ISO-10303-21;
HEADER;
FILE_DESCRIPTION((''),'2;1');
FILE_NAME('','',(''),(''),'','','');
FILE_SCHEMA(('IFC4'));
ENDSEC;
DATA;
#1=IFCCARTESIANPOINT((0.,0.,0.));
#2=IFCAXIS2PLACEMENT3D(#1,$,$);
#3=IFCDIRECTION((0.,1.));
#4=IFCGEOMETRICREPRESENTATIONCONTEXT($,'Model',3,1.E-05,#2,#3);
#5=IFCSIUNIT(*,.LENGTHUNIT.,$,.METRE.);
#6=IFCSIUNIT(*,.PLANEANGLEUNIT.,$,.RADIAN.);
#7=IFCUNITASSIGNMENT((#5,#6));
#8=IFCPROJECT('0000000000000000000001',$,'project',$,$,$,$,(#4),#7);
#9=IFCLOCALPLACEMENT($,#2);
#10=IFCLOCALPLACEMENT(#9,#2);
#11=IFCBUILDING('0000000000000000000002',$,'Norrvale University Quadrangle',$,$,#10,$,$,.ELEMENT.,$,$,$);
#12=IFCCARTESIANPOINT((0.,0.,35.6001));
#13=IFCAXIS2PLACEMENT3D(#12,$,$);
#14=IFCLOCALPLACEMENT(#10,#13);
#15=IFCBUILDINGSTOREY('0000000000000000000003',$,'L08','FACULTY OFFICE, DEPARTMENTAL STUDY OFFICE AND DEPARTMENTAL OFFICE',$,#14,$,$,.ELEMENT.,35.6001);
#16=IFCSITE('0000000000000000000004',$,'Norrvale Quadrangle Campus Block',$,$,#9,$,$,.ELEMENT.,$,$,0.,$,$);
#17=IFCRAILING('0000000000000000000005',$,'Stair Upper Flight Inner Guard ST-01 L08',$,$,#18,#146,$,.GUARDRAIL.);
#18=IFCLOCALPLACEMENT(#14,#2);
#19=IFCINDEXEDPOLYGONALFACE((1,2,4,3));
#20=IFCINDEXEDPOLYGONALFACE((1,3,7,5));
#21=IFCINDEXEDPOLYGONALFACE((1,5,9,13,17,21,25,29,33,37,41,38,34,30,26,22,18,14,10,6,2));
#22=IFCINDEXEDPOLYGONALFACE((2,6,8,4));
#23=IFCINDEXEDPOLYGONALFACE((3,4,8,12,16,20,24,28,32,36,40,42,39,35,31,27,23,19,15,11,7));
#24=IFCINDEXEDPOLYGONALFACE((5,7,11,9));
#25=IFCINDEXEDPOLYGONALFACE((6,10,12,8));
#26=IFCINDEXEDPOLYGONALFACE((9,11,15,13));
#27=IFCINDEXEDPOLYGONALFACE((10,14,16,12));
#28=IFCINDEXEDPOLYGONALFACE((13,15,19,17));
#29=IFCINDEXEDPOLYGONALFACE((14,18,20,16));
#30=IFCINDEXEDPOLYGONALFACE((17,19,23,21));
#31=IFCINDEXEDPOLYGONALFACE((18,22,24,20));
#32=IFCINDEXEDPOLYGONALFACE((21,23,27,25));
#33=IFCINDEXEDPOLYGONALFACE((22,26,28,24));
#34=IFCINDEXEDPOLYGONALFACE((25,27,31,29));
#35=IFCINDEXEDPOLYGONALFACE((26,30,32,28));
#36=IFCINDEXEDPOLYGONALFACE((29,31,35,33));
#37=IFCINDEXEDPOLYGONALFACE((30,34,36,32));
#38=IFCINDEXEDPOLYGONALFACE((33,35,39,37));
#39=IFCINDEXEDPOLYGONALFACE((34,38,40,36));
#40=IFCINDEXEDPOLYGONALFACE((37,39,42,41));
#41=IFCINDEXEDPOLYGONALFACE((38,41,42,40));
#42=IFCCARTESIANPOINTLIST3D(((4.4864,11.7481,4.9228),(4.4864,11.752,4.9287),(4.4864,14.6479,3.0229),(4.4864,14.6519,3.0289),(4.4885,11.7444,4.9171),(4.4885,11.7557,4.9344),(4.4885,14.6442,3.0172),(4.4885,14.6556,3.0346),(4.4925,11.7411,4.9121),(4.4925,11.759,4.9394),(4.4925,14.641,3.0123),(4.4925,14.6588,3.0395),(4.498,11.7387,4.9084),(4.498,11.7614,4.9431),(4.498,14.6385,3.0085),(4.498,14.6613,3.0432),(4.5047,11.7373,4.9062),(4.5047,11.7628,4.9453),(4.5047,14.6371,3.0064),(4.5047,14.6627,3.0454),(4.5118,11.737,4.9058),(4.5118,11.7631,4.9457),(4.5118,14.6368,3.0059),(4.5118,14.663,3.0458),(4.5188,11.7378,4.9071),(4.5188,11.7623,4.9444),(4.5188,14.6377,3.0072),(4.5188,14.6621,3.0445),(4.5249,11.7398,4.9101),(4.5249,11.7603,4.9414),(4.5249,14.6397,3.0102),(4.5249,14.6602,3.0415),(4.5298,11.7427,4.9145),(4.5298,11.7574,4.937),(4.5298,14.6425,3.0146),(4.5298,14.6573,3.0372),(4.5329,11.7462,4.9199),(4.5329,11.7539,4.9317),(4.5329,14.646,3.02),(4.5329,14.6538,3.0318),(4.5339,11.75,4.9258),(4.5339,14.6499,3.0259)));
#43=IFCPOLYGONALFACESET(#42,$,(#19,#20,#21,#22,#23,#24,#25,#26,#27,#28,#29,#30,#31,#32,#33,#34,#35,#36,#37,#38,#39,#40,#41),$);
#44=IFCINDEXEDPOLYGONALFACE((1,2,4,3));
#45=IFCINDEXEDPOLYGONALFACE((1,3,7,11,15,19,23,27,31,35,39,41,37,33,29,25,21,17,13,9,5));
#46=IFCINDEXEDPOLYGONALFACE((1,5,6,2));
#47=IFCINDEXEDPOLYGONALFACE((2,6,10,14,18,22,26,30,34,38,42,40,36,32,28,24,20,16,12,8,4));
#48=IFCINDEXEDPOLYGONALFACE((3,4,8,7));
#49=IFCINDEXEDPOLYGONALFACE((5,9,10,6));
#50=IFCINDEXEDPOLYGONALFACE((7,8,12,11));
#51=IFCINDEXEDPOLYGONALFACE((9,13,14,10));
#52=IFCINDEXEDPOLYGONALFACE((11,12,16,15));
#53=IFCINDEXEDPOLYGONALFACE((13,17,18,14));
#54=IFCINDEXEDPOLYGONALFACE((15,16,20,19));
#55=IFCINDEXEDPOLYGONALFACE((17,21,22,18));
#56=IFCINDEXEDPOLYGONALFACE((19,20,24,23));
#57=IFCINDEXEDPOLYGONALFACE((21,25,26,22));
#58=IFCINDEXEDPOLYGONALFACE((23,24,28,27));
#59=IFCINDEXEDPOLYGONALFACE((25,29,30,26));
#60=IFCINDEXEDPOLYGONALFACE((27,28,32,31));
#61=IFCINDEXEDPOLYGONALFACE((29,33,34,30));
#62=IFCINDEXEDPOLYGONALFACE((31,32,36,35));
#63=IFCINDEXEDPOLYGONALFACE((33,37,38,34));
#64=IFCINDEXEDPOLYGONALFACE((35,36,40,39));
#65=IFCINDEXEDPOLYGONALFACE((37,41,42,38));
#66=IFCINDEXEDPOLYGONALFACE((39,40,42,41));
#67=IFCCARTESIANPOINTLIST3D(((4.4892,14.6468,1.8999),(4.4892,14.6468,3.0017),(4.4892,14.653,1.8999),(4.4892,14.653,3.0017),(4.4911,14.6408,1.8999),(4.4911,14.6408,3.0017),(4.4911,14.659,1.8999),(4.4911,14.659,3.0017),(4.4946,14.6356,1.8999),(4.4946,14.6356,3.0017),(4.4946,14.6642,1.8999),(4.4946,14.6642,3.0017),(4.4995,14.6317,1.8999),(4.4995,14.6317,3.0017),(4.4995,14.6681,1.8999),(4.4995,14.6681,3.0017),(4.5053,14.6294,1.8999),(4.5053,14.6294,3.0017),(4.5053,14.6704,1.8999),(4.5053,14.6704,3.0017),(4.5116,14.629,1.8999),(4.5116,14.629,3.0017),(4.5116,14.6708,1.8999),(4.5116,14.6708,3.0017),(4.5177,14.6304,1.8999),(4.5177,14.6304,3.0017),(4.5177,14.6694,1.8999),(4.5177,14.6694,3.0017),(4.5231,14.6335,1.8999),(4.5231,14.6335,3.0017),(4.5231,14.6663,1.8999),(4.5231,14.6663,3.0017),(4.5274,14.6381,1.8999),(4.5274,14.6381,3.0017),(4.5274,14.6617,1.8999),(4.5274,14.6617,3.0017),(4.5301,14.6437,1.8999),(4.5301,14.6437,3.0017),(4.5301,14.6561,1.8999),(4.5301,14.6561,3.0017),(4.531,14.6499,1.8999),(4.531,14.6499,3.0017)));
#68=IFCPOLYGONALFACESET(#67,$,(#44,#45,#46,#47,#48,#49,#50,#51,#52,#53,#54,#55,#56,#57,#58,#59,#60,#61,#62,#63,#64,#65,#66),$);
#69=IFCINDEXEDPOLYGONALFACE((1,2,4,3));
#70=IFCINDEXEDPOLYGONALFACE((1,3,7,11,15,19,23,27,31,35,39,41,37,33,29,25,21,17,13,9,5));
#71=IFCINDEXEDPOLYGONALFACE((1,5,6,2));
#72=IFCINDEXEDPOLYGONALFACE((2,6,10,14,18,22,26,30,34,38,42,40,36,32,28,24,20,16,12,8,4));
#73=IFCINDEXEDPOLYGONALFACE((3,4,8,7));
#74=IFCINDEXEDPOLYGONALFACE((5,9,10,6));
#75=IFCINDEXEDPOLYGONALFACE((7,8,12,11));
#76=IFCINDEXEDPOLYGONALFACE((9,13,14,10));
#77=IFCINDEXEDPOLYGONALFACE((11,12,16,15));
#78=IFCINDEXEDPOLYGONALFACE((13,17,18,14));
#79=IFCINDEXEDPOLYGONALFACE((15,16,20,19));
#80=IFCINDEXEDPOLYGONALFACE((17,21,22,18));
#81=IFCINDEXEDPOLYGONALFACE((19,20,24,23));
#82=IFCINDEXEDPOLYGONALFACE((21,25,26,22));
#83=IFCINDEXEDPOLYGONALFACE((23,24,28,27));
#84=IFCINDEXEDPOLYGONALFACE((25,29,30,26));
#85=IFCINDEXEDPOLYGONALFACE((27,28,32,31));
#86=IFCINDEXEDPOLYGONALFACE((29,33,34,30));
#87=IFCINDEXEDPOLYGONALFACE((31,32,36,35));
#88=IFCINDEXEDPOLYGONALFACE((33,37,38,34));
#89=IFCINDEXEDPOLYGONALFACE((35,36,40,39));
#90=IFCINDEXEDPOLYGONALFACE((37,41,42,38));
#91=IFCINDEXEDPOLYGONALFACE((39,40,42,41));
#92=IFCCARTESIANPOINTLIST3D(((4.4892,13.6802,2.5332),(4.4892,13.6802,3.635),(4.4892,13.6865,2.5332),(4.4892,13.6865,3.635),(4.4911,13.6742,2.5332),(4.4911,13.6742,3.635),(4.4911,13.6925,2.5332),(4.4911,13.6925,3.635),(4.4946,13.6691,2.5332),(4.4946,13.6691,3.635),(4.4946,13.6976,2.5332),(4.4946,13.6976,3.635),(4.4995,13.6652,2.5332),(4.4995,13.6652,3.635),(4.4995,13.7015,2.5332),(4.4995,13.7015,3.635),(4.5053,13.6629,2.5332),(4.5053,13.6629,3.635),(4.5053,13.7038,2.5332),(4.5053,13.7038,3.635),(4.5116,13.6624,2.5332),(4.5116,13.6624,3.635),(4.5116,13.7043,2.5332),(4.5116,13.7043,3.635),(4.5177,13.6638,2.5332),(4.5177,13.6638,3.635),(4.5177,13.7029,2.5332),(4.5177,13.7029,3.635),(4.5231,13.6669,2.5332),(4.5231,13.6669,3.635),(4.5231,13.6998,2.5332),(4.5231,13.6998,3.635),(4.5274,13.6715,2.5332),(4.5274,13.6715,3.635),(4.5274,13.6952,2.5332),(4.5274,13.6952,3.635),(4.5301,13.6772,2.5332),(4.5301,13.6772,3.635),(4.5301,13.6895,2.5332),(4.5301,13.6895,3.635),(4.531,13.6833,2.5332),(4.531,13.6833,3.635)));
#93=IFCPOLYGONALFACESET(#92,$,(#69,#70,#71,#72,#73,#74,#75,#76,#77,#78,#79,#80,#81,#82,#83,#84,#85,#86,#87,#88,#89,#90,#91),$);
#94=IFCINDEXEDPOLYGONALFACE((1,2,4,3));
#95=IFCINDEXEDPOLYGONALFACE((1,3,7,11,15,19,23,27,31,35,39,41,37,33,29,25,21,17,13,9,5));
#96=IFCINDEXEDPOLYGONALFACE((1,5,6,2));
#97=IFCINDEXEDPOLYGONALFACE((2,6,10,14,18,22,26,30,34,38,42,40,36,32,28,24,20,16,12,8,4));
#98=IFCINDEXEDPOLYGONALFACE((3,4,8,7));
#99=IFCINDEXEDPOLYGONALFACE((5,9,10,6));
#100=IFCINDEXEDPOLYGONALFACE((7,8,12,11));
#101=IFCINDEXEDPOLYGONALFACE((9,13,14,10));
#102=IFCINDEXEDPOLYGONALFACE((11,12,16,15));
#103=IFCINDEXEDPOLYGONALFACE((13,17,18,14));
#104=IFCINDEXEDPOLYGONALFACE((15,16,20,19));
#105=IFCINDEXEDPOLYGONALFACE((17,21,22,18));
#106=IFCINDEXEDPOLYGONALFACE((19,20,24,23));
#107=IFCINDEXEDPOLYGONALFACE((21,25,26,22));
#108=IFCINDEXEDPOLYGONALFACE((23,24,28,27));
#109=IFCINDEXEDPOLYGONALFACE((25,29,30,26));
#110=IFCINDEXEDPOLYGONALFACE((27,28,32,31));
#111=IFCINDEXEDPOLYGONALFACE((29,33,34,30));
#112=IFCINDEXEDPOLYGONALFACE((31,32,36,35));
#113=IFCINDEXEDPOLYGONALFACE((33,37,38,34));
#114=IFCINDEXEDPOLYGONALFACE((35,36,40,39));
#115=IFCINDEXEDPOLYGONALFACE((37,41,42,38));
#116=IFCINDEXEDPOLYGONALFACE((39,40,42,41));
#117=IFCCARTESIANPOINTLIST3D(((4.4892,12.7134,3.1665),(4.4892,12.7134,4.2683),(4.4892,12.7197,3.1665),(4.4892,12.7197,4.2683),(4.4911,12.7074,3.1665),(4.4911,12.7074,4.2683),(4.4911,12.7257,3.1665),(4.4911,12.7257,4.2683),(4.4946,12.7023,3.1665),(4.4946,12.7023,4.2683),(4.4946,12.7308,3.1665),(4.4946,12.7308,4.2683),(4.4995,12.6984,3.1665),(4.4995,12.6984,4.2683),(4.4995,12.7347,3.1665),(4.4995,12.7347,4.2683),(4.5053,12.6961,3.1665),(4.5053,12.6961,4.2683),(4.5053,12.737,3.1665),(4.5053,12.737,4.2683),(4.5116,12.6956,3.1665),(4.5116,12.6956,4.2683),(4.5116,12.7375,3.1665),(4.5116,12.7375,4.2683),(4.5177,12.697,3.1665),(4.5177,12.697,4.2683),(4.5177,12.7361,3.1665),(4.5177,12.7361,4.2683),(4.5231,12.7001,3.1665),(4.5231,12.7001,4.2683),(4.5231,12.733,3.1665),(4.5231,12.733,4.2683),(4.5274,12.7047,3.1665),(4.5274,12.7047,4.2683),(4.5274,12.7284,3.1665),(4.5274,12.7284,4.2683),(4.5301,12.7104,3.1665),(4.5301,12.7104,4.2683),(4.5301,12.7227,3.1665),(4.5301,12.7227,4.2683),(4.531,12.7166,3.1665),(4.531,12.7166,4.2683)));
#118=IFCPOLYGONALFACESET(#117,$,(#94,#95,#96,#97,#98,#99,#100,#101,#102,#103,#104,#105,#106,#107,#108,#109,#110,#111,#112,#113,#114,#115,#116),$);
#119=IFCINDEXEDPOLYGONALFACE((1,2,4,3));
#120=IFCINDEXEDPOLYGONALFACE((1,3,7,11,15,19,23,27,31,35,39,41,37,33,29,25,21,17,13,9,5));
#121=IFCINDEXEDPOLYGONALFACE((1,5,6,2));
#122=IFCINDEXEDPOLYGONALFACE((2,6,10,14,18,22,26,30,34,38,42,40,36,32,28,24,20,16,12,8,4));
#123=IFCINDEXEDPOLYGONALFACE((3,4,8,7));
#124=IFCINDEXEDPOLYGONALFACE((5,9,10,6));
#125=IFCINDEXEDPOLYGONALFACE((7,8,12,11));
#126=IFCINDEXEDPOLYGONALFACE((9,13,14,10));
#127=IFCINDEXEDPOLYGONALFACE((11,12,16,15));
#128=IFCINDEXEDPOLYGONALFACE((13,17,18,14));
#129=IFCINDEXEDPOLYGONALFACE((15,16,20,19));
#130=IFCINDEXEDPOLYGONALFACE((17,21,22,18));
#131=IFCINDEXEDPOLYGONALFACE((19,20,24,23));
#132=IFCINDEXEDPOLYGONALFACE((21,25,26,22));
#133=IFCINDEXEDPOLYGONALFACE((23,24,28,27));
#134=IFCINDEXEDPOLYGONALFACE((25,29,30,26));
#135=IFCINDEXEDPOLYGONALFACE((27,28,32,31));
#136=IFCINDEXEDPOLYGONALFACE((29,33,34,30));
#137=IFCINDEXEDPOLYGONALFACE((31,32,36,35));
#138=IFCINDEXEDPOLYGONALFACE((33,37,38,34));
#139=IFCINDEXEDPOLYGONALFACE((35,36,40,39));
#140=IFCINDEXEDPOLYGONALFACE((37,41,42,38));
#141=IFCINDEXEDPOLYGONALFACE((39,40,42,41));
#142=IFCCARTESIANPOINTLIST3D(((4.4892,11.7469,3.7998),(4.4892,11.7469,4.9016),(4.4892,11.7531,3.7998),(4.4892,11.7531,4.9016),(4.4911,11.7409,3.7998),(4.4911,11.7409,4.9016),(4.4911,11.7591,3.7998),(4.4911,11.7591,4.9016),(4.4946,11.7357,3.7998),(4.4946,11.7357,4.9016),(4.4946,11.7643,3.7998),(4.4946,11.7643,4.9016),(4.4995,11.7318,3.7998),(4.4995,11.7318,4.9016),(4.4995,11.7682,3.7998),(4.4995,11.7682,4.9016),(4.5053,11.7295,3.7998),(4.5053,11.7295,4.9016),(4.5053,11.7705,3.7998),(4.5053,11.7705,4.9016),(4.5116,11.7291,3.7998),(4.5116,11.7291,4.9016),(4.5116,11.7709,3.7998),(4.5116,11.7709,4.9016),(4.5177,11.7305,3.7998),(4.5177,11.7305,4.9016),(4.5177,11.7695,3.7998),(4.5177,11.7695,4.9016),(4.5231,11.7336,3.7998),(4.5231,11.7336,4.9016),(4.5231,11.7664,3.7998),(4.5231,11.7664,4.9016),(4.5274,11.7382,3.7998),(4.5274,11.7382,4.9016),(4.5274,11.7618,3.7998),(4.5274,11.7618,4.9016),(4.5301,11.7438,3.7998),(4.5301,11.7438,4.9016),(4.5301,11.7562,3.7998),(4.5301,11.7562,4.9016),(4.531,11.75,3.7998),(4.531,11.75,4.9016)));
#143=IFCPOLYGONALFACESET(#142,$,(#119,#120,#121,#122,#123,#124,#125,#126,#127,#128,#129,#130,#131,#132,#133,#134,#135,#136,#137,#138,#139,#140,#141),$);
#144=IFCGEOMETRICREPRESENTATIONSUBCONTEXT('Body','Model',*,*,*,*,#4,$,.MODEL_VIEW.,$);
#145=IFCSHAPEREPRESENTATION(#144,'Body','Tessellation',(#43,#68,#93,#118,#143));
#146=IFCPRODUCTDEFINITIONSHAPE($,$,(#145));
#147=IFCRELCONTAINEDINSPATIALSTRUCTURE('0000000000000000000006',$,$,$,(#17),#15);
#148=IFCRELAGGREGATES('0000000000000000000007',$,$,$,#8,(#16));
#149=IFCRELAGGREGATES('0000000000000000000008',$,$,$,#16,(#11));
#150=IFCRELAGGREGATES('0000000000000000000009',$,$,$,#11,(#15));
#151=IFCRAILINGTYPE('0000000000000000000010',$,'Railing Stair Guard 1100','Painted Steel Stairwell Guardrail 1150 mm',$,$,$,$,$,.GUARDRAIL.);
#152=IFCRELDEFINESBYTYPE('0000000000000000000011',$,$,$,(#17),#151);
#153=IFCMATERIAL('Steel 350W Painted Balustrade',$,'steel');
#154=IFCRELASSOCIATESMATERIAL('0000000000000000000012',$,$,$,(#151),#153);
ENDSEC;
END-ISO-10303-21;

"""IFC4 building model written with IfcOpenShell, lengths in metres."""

from ifc_helpers import new_model, si_unit, direction, frame, origin, origin_2d, place, context, subcontext, project, spatial, circle, extrude, material, type_object, element, save


model = new_model("IFC4")

# Units and contexts
model_context = context("Model", 3, precision=1e-05, world=origin(), true_north=direction((0.0, 1.0)))
body_context = subcontext(model_context, "Body", "Model", "MODEL_VIEW")
ifc_project = project(units=[si_unit("LENGTHUNIT", "METRE"), si_unit("PLANEANGLEUNIT", "RADIAN")], contexts=[model_context])

# Site, building, storey
site_placement = place(None, origin())
site = spatial("IfcSite", under=ifc_project, at=site_placement, Name="Norrvale Quadrangle Campus Block", CompositionType="ELEMENT", RefElevation=0.0)
building_placement = place(site_placement, origin())
building = spatial("IfcBuilding", under=site, at=building_placement, Name="Norrvale University Quadrangle", CompositionType="ELEMENT")
storey_placement = place(building_placement, frame((0.0, 0.0, 35.6001)))
storey = spatial("IfcBuildingStorey", under=building, at=storey_placement, Name="L08", Description="FACULTY OFFICE, DEPARTMENTAL STUDY OFFICE AND DEPARTMENTAL OFFICE", CompositionType="ELEMENT", Elevation=35.6001)

# Railing
ifc_material_1 = material(Name="Steel 350W Painted Balustrade", Category="steel")
railing_type_1 = type_object("IfcRailingType", Name="Railing Stair Guard 1100", Description="Painted Steel Stairwell Guardrail 1150 mm", PredefinedType="GUARDRAIL", material=ifc_material_1)
railing_1_placement = place(storey_placement, frame((4.51, 14.6499, 1.8999)))
element("IfcRailing", 1, at=railing_1_placement, inside=storey, type_object=railing_type_1, Name="Stair Upper Flight Inner Guard ST-01 L08", PredefinedType="GUARDRAIL", context=body_context, shape_type="SweptSolid", body=[
    extrude(circle(Radius=0.0239, at=origin_2d()), frame((0.0, 0.0, 1.126), z_axis=(0.0, -0.836466, 0.548019), x_axis=(1.0, 0.0, 0.0)), (0.0, 0.0, 1.0), 3.4668),
    extrude(circle(Radius=0.021, at=origin_2d()), origin(), (0.0, 0.0, 1.0), 1.1018),
    extrude(circle(Radius=0.021, at=origin_2d()), frame((0.0, -0.9666, 0.6333)), (0.0, 0.0, 1.0), 1.1018),
    extrude(circle(Radius=0.021, at=origin_2d()), frame((0.0, -1.9333, 1.2666)), (0.0, 0.0, 1.0), 1.1018),
    extrude(circle(Radius=0.021, at=origin_2d()), frame((0.0, -2.8999, 1.8999)), (0.0, 0.0, 1.0), 1.1018),
])

save(model, "model.ifc")
